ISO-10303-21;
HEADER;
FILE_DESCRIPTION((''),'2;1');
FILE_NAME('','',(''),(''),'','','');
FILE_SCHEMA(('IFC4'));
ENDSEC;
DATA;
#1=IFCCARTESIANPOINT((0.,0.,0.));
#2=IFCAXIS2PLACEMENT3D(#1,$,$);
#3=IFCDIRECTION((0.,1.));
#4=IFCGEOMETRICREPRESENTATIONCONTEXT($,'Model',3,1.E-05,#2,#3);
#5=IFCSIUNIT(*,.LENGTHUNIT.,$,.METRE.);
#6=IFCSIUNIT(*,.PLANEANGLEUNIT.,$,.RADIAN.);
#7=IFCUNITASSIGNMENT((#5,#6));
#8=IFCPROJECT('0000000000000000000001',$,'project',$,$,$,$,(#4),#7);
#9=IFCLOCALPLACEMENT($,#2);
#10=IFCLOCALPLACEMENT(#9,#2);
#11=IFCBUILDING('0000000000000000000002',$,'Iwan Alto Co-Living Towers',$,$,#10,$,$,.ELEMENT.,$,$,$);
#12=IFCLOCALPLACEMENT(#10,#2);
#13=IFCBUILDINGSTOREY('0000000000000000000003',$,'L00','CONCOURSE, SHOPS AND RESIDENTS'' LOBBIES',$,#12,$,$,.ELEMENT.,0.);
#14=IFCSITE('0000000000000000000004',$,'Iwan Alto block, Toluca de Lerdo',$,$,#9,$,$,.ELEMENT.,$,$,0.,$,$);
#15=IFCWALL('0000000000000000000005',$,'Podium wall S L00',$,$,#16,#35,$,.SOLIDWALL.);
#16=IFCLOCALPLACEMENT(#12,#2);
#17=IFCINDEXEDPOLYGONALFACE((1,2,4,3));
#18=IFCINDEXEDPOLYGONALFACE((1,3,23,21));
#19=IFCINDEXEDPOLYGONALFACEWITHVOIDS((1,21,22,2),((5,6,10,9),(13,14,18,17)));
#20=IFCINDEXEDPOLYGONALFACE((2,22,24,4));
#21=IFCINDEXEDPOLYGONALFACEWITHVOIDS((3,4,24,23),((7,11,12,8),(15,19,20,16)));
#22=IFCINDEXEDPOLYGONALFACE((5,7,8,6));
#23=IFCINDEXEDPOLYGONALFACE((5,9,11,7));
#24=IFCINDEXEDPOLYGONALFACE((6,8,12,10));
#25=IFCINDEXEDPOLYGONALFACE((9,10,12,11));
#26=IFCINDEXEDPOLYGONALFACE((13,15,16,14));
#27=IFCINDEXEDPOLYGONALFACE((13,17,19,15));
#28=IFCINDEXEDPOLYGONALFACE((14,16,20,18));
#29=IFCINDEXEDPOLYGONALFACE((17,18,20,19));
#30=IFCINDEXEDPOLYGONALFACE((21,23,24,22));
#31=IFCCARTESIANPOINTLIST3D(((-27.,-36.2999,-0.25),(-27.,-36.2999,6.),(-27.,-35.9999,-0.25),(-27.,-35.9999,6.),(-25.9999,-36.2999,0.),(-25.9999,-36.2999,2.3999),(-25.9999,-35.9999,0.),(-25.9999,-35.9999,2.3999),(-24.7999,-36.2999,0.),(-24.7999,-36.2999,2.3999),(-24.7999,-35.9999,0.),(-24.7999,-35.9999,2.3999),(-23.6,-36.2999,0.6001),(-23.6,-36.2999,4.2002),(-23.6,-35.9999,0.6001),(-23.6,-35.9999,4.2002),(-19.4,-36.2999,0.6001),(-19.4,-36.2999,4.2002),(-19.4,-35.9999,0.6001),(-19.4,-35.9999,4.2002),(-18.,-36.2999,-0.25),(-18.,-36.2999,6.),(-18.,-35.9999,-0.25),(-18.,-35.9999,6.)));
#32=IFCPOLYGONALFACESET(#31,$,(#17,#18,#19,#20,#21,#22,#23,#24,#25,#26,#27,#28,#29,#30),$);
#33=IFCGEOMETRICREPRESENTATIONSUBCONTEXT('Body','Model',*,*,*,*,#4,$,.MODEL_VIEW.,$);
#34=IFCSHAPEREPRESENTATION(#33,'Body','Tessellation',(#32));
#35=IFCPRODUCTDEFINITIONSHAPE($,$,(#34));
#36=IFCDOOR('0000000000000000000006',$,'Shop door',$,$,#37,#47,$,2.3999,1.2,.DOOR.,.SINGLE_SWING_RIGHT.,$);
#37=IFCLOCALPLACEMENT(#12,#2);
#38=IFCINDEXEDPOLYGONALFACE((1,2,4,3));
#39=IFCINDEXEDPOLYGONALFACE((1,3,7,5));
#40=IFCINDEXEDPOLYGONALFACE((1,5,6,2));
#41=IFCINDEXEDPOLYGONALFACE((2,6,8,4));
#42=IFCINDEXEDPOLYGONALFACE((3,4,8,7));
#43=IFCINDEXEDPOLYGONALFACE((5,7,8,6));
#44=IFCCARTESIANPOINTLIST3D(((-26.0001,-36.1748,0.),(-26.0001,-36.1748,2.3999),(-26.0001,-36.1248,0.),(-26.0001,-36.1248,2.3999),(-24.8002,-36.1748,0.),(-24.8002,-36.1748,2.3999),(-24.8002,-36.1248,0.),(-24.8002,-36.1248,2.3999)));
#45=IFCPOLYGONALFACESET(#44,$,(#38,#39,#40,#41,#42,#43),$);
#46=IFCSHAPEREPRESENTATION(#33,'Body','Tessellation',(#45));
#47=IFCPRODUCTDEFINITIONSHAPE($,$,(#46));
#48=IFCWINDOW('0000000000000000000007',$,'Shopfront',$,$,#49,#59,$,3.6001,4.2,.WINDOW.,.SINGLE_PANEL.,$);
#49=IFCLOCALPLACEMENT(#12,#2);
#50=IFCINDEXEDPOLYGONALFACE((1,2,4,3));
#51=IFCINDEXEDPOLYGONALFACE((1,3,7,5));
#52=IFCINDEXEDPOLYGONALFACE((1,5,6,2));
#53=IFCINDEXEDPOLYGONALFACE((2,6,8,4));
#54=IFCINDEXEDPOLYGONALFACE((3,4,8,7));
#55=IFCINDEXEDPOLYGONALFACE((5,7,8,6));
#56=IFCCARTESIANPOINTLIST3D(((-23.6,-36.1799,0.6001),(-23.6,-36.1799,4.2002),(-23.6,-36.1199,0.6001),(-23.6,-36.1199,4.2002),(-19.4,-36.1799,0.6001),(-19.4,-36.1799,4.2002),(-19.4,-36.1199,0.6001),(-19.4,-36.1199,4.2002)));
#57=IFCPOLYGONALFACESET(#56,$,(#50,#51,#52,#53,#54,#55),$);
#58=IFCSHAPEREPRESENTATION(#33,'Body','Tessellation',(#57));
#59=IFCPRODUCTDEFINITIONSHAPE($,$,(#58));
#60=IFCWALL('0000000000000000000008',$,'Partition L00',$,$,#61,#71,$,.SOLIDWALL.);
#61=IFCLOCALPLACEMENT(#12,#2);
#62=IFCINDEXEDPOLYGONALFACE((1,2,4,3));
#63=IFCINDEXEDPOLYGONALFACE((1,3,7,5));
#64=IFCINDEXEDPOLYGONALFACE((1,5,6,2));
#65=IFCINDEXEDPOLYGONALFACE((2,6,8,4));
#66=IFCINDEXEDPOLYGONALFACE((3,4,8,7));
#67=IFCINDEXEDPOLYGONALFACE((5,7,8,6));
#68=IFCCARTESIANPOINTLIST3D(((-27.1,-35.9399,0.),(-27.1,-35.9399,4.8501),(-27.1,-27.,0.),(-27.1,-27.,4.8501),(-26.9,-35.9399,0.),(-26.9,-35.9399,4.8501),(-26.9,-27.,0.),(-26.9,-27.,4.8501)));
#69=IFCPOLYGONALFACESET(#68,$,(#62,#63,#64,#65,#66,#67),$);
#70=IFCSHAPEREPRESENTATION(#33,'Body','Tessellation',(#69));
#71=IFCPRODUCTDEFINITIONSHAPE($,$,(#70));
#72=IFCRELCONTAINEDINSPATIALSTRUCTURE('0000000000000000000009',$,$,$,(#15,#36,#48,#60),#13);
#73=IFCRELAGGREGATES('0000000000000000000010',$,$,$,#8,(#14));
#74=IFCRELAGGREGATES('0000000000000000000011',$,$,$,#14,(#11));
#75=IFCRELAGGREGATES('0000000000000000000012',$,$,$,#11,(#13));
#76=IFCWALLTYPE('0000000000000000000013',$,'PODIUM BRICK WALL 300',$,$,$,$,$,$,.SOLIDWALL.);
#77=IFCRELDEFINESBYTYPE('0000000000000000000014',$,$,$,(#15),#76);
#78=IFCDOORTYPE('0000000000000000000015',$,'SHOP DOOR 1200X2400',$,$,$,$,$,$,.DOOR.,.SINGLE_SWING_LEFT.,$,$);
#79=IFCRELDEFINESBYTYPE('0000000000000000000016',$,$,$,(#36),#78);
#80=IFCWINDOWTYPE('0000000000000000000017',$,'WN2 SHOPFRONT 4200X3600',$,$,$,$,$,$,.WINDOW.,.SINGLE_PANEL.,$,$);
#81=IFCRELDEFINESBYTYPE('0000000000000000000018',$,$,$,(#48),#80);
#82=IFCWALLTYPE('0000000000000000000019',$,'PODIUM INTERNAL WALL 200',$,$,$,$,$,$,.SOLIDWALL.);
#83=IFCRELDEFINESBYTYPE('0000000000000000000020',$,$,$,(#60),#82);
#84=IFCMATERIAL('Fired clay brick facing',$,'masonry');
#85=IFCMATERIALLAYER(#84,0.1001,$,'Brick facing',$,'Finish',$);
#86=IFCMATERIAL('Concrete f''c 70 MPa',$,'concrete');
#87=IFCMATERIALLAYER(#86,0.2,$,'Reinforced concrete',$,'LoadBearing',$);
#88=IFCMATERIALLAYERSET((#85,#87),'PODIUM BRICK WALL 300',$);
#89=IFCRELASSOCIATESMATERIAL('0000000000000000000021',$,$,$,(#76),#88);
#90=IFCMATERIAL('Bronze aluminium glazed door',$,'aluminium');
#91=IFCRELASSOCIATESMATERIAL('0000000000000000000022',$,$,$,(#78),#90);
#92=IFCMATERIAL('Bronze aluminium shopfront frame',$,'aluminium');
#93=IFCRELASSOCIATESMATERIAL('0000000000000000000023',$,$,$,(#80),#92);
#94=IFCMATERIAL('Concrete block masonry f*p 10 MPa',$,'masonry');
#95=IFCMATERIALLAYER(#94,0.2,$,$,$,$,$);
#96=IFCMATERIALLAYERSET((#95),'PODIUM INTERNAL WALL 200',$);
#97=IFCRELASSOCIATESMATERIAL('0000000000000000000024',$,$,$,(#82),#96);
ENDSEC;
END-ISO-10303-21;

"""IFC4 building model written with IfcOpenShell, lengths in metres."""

from ifc_helpers import new_model, si_unit, direction, frame, frame_2d, origin, place, context, subcontext, project, spatial, rectangle, extrude, material, layer, layer_set, type_object, element, fill, save


model = new_model("IFC4")

# Units and contexts
model_context = context("Model", 3, precision=1e-05, world=origin(), true_north=direction((0.0, 1.0)))
body_context = subcontext(model_context, "Body", "Model", "MODEL_VIEW")
ifc_project = project(units=[si_unit("LENGTHUNIT", "METRE"), si_unit("PLANEANGLEUNIT", "RADIAN")], contexts=[model_context])

# Site, building, storey
site_placement = place(None, origin())
site = spatial("IfcSite", under=ifc_project, at=site_placement, Name="Iwan Alto block, Toluca de Lerdo", CompositionType="ELEMENT", RefElevation=0.0)
building_placement = place(site_placement, origin())
building = spatial("IfcBuilding", under=site, at=building_placement, Name="Iwan Alto Co-Living Towers", CompositionType="ELEMENT")
storey_placement = place(building_placement, origin())
storey = spatial("IfcBuildingStorey", under=building, at=storey_placement, Name="L00", Description="CONCOURSE, SHOPS AND RESIDENTS' LOBBIES", CompositionType="ELEMENT", Elevation=0.0)

# Wall, openings, door, window
ifc_material_1 = material(Name="Fired clay brick facing", Category="masonry")
ifc_layer_1 = layer(ifc_material_1, 0.1001, Name="Brick facing", Category="Finish")
ifc_material_2 = material(Name="Concrete f'c 70 MPa", Category="concrete")
ifc_layer_2 = layer(ifc_material_2, 0.2, Name="Reinforced concrete", Category="LoadBearing")
ifc_layer_set_1 = layer_set([ifc_layer_1, ifc_layer_2], Name="PODIUM BRICK WALL 300")
wall_type_1 = type_object("IfcWallType", Name="PODIUM BRICK WALL 300", PredefinedType="SOLIDWALL", material=ifc_layer_set_1)
ifc_material_3 = material(Name="Bronze aluminium glazed door", Category="aluminium")
door_type = type_object("IfcDoorType", Name="SHOP DOOR 1200X2400", OperationType="SINGLE_SWING_LEFT", PredefinedType="DOOR", material=ifc_material_3)
ifc_material_4 = material(Name="Bronze aluminium shopfront frame", Category="aluminium")
window_type = type_object("IfcWindowType", Name="WN2 SHOPFRONT 4200X3600", PartitioningType="SINGLE_PANEL", PredefinedType="WINDOW", material=ifc_material_4)
wall_1_placement = place(storey_placement, frame((-27.0, -36.1499, -0.25), z_axis=(0.0, 0.0, 1.0), x_axis=(1.0, 0.0, 0.0)))
wall_1 = element("IfcWall", 1, at=wall_1_placement, inside=storey, type_object=wall_type_1, Name="Podium wall S L00", PredefinedType="SOLIDWALL", context=body_context, shape_type="SweptSolid", body=[
    extrude(rectangle(XDim=9.0, YDim=0.3, at=frame_2d((4.5, 0.0))), origin(), (0.0, 0.0, 1.0), 6.25),
])
opening_1_placement = place(wall_1_placement, frame((1.0, 0.0, 0.25)))
opening_1 = element("IfcOpeningElement", 2, at=opening_1_placement, cuts=wall_1, PredefinedType="OPENING", context=body_context, shape_type="SweptSolid", body=[
    extrude(rectangle(XDim=1.2, YDim=2.3999, at=frame_2d((0.6001, 1.2))), frame((0.0, 0.1599, 0.0), z_axis=(0.0, -1.0, 0.0), x_axis=(1.0, 0.0, 0.0)), (0.0, 0.0, 1.0), 0.3201),
])
opening_2_placement = place(wall_1_placement, frame((3.3999, 0.0, 0.8501)))
opening_2 = element("IfcOpeningElement", 3, at=opening_2_placement, cuts=wall_1, PredefinedType="OPENING", context=body_context, shape_type="SweptSolid", body=[
    extrude(rectangle(XDim=4.2, YDim=3.6001, at=frame_2d((2.1001, 1.8))), frame((0.0, 0.1599, 0.0), z_axis=(0.0, -1.0, 0.0), x_axis=(1.0, 0.0, 0.0)), (0.0, 0.0, 1.0), 0.3201),
])
door_1_placement = place(opening_1_placement, frame((1.2, 0.0, 0.0), z_axis=(0.0, 0.0, 1.0), x_axis=(-1.0, 0.0, 0.0)))
door_1 = element("IfcDoor", 4, at=door_1_placement, inside=storey, type_object=door_type, Name="Shop door", OperationType="SINGLE_SWING_RIGHT", OverallHeight=2.3999, OverallWidth=1.2, PredefinedType="DOOR", context=body_context, shape_type="SweptSolid", body=[
    extrude(rectangle(XDim=1.2, YDim=2.3999, at=frame_2d((0.6001, 1.2))), frame((0.0, 0.0249, 0.0), z_axis=(0.0, -1.0, 0.0), x_axis=(1.0, 0.0, 0.0)), (0.0, 0.0, 1.0), 0.05),
])
fill(opening_1, door_1)
window_1_placement = place(opening_2_placement, origin())
window_1 = element("IfcWindow", 5, at=window_1_placement, inside=storey, type_object=window_type, Name="Shopfront", OverallHeight=3.6001, OverallWidth=4.2, PartitioningType="SINGLE_PANEL", PredefinedType="WINDOW", context=body_context, shape_type="SweptSolid", body=[
    extrude(rectangle(XDim=4.2, YDim=3.6001, at=frame_2d((2.1001, 1.8))), frame((0.0, 0.03, 0.0), z_axis=(0.0, -1.0, 0.0), x_axis=(1.0, 0.0, 0.0)), (0.0, 0.0, 1.0), 0.0601),
])
fill(opening_2, window_1)

# Wall
ifc_material_5 = material(Name="Concrete block masonry f*p 10 MPa", Category="masonry")
ifc_layer_3 = layer(ifc_material_5, 0.2)
ifc_layer_set_2 = layer_set([ifc_layer_3], Name="PODIUM INTERNAL WALL 200")
wall_type_2 = type_object("IfcWallType", Name="PODIUM INTERNAL WALL 200", PredefinedType="SOLIDWALL", material=ifc_layer_set_2)
wall_2_placement = place(storey_placement, frame((-27.0, -35.9399, 0.0), z_axis=(0.0, 0.0, 1.0), x_axis=(0.0, 1.0, 0.0)))
element("IfcWall", 6, at=wall_2_placement, inside=storey, type_object=wall_type_2, Name="Partition L00", PredefinedType="SOLIDWALL", context=body_context, shape_type="SweptSolid", body=[
    extrude(rectangle(XDim=8.9399, YDim=0.2, at=frame_2d((4.47, 0.0))), origin(), (0.0, 0.0, 1.0), 4.8501),
])

save(model, "model.ifc")
